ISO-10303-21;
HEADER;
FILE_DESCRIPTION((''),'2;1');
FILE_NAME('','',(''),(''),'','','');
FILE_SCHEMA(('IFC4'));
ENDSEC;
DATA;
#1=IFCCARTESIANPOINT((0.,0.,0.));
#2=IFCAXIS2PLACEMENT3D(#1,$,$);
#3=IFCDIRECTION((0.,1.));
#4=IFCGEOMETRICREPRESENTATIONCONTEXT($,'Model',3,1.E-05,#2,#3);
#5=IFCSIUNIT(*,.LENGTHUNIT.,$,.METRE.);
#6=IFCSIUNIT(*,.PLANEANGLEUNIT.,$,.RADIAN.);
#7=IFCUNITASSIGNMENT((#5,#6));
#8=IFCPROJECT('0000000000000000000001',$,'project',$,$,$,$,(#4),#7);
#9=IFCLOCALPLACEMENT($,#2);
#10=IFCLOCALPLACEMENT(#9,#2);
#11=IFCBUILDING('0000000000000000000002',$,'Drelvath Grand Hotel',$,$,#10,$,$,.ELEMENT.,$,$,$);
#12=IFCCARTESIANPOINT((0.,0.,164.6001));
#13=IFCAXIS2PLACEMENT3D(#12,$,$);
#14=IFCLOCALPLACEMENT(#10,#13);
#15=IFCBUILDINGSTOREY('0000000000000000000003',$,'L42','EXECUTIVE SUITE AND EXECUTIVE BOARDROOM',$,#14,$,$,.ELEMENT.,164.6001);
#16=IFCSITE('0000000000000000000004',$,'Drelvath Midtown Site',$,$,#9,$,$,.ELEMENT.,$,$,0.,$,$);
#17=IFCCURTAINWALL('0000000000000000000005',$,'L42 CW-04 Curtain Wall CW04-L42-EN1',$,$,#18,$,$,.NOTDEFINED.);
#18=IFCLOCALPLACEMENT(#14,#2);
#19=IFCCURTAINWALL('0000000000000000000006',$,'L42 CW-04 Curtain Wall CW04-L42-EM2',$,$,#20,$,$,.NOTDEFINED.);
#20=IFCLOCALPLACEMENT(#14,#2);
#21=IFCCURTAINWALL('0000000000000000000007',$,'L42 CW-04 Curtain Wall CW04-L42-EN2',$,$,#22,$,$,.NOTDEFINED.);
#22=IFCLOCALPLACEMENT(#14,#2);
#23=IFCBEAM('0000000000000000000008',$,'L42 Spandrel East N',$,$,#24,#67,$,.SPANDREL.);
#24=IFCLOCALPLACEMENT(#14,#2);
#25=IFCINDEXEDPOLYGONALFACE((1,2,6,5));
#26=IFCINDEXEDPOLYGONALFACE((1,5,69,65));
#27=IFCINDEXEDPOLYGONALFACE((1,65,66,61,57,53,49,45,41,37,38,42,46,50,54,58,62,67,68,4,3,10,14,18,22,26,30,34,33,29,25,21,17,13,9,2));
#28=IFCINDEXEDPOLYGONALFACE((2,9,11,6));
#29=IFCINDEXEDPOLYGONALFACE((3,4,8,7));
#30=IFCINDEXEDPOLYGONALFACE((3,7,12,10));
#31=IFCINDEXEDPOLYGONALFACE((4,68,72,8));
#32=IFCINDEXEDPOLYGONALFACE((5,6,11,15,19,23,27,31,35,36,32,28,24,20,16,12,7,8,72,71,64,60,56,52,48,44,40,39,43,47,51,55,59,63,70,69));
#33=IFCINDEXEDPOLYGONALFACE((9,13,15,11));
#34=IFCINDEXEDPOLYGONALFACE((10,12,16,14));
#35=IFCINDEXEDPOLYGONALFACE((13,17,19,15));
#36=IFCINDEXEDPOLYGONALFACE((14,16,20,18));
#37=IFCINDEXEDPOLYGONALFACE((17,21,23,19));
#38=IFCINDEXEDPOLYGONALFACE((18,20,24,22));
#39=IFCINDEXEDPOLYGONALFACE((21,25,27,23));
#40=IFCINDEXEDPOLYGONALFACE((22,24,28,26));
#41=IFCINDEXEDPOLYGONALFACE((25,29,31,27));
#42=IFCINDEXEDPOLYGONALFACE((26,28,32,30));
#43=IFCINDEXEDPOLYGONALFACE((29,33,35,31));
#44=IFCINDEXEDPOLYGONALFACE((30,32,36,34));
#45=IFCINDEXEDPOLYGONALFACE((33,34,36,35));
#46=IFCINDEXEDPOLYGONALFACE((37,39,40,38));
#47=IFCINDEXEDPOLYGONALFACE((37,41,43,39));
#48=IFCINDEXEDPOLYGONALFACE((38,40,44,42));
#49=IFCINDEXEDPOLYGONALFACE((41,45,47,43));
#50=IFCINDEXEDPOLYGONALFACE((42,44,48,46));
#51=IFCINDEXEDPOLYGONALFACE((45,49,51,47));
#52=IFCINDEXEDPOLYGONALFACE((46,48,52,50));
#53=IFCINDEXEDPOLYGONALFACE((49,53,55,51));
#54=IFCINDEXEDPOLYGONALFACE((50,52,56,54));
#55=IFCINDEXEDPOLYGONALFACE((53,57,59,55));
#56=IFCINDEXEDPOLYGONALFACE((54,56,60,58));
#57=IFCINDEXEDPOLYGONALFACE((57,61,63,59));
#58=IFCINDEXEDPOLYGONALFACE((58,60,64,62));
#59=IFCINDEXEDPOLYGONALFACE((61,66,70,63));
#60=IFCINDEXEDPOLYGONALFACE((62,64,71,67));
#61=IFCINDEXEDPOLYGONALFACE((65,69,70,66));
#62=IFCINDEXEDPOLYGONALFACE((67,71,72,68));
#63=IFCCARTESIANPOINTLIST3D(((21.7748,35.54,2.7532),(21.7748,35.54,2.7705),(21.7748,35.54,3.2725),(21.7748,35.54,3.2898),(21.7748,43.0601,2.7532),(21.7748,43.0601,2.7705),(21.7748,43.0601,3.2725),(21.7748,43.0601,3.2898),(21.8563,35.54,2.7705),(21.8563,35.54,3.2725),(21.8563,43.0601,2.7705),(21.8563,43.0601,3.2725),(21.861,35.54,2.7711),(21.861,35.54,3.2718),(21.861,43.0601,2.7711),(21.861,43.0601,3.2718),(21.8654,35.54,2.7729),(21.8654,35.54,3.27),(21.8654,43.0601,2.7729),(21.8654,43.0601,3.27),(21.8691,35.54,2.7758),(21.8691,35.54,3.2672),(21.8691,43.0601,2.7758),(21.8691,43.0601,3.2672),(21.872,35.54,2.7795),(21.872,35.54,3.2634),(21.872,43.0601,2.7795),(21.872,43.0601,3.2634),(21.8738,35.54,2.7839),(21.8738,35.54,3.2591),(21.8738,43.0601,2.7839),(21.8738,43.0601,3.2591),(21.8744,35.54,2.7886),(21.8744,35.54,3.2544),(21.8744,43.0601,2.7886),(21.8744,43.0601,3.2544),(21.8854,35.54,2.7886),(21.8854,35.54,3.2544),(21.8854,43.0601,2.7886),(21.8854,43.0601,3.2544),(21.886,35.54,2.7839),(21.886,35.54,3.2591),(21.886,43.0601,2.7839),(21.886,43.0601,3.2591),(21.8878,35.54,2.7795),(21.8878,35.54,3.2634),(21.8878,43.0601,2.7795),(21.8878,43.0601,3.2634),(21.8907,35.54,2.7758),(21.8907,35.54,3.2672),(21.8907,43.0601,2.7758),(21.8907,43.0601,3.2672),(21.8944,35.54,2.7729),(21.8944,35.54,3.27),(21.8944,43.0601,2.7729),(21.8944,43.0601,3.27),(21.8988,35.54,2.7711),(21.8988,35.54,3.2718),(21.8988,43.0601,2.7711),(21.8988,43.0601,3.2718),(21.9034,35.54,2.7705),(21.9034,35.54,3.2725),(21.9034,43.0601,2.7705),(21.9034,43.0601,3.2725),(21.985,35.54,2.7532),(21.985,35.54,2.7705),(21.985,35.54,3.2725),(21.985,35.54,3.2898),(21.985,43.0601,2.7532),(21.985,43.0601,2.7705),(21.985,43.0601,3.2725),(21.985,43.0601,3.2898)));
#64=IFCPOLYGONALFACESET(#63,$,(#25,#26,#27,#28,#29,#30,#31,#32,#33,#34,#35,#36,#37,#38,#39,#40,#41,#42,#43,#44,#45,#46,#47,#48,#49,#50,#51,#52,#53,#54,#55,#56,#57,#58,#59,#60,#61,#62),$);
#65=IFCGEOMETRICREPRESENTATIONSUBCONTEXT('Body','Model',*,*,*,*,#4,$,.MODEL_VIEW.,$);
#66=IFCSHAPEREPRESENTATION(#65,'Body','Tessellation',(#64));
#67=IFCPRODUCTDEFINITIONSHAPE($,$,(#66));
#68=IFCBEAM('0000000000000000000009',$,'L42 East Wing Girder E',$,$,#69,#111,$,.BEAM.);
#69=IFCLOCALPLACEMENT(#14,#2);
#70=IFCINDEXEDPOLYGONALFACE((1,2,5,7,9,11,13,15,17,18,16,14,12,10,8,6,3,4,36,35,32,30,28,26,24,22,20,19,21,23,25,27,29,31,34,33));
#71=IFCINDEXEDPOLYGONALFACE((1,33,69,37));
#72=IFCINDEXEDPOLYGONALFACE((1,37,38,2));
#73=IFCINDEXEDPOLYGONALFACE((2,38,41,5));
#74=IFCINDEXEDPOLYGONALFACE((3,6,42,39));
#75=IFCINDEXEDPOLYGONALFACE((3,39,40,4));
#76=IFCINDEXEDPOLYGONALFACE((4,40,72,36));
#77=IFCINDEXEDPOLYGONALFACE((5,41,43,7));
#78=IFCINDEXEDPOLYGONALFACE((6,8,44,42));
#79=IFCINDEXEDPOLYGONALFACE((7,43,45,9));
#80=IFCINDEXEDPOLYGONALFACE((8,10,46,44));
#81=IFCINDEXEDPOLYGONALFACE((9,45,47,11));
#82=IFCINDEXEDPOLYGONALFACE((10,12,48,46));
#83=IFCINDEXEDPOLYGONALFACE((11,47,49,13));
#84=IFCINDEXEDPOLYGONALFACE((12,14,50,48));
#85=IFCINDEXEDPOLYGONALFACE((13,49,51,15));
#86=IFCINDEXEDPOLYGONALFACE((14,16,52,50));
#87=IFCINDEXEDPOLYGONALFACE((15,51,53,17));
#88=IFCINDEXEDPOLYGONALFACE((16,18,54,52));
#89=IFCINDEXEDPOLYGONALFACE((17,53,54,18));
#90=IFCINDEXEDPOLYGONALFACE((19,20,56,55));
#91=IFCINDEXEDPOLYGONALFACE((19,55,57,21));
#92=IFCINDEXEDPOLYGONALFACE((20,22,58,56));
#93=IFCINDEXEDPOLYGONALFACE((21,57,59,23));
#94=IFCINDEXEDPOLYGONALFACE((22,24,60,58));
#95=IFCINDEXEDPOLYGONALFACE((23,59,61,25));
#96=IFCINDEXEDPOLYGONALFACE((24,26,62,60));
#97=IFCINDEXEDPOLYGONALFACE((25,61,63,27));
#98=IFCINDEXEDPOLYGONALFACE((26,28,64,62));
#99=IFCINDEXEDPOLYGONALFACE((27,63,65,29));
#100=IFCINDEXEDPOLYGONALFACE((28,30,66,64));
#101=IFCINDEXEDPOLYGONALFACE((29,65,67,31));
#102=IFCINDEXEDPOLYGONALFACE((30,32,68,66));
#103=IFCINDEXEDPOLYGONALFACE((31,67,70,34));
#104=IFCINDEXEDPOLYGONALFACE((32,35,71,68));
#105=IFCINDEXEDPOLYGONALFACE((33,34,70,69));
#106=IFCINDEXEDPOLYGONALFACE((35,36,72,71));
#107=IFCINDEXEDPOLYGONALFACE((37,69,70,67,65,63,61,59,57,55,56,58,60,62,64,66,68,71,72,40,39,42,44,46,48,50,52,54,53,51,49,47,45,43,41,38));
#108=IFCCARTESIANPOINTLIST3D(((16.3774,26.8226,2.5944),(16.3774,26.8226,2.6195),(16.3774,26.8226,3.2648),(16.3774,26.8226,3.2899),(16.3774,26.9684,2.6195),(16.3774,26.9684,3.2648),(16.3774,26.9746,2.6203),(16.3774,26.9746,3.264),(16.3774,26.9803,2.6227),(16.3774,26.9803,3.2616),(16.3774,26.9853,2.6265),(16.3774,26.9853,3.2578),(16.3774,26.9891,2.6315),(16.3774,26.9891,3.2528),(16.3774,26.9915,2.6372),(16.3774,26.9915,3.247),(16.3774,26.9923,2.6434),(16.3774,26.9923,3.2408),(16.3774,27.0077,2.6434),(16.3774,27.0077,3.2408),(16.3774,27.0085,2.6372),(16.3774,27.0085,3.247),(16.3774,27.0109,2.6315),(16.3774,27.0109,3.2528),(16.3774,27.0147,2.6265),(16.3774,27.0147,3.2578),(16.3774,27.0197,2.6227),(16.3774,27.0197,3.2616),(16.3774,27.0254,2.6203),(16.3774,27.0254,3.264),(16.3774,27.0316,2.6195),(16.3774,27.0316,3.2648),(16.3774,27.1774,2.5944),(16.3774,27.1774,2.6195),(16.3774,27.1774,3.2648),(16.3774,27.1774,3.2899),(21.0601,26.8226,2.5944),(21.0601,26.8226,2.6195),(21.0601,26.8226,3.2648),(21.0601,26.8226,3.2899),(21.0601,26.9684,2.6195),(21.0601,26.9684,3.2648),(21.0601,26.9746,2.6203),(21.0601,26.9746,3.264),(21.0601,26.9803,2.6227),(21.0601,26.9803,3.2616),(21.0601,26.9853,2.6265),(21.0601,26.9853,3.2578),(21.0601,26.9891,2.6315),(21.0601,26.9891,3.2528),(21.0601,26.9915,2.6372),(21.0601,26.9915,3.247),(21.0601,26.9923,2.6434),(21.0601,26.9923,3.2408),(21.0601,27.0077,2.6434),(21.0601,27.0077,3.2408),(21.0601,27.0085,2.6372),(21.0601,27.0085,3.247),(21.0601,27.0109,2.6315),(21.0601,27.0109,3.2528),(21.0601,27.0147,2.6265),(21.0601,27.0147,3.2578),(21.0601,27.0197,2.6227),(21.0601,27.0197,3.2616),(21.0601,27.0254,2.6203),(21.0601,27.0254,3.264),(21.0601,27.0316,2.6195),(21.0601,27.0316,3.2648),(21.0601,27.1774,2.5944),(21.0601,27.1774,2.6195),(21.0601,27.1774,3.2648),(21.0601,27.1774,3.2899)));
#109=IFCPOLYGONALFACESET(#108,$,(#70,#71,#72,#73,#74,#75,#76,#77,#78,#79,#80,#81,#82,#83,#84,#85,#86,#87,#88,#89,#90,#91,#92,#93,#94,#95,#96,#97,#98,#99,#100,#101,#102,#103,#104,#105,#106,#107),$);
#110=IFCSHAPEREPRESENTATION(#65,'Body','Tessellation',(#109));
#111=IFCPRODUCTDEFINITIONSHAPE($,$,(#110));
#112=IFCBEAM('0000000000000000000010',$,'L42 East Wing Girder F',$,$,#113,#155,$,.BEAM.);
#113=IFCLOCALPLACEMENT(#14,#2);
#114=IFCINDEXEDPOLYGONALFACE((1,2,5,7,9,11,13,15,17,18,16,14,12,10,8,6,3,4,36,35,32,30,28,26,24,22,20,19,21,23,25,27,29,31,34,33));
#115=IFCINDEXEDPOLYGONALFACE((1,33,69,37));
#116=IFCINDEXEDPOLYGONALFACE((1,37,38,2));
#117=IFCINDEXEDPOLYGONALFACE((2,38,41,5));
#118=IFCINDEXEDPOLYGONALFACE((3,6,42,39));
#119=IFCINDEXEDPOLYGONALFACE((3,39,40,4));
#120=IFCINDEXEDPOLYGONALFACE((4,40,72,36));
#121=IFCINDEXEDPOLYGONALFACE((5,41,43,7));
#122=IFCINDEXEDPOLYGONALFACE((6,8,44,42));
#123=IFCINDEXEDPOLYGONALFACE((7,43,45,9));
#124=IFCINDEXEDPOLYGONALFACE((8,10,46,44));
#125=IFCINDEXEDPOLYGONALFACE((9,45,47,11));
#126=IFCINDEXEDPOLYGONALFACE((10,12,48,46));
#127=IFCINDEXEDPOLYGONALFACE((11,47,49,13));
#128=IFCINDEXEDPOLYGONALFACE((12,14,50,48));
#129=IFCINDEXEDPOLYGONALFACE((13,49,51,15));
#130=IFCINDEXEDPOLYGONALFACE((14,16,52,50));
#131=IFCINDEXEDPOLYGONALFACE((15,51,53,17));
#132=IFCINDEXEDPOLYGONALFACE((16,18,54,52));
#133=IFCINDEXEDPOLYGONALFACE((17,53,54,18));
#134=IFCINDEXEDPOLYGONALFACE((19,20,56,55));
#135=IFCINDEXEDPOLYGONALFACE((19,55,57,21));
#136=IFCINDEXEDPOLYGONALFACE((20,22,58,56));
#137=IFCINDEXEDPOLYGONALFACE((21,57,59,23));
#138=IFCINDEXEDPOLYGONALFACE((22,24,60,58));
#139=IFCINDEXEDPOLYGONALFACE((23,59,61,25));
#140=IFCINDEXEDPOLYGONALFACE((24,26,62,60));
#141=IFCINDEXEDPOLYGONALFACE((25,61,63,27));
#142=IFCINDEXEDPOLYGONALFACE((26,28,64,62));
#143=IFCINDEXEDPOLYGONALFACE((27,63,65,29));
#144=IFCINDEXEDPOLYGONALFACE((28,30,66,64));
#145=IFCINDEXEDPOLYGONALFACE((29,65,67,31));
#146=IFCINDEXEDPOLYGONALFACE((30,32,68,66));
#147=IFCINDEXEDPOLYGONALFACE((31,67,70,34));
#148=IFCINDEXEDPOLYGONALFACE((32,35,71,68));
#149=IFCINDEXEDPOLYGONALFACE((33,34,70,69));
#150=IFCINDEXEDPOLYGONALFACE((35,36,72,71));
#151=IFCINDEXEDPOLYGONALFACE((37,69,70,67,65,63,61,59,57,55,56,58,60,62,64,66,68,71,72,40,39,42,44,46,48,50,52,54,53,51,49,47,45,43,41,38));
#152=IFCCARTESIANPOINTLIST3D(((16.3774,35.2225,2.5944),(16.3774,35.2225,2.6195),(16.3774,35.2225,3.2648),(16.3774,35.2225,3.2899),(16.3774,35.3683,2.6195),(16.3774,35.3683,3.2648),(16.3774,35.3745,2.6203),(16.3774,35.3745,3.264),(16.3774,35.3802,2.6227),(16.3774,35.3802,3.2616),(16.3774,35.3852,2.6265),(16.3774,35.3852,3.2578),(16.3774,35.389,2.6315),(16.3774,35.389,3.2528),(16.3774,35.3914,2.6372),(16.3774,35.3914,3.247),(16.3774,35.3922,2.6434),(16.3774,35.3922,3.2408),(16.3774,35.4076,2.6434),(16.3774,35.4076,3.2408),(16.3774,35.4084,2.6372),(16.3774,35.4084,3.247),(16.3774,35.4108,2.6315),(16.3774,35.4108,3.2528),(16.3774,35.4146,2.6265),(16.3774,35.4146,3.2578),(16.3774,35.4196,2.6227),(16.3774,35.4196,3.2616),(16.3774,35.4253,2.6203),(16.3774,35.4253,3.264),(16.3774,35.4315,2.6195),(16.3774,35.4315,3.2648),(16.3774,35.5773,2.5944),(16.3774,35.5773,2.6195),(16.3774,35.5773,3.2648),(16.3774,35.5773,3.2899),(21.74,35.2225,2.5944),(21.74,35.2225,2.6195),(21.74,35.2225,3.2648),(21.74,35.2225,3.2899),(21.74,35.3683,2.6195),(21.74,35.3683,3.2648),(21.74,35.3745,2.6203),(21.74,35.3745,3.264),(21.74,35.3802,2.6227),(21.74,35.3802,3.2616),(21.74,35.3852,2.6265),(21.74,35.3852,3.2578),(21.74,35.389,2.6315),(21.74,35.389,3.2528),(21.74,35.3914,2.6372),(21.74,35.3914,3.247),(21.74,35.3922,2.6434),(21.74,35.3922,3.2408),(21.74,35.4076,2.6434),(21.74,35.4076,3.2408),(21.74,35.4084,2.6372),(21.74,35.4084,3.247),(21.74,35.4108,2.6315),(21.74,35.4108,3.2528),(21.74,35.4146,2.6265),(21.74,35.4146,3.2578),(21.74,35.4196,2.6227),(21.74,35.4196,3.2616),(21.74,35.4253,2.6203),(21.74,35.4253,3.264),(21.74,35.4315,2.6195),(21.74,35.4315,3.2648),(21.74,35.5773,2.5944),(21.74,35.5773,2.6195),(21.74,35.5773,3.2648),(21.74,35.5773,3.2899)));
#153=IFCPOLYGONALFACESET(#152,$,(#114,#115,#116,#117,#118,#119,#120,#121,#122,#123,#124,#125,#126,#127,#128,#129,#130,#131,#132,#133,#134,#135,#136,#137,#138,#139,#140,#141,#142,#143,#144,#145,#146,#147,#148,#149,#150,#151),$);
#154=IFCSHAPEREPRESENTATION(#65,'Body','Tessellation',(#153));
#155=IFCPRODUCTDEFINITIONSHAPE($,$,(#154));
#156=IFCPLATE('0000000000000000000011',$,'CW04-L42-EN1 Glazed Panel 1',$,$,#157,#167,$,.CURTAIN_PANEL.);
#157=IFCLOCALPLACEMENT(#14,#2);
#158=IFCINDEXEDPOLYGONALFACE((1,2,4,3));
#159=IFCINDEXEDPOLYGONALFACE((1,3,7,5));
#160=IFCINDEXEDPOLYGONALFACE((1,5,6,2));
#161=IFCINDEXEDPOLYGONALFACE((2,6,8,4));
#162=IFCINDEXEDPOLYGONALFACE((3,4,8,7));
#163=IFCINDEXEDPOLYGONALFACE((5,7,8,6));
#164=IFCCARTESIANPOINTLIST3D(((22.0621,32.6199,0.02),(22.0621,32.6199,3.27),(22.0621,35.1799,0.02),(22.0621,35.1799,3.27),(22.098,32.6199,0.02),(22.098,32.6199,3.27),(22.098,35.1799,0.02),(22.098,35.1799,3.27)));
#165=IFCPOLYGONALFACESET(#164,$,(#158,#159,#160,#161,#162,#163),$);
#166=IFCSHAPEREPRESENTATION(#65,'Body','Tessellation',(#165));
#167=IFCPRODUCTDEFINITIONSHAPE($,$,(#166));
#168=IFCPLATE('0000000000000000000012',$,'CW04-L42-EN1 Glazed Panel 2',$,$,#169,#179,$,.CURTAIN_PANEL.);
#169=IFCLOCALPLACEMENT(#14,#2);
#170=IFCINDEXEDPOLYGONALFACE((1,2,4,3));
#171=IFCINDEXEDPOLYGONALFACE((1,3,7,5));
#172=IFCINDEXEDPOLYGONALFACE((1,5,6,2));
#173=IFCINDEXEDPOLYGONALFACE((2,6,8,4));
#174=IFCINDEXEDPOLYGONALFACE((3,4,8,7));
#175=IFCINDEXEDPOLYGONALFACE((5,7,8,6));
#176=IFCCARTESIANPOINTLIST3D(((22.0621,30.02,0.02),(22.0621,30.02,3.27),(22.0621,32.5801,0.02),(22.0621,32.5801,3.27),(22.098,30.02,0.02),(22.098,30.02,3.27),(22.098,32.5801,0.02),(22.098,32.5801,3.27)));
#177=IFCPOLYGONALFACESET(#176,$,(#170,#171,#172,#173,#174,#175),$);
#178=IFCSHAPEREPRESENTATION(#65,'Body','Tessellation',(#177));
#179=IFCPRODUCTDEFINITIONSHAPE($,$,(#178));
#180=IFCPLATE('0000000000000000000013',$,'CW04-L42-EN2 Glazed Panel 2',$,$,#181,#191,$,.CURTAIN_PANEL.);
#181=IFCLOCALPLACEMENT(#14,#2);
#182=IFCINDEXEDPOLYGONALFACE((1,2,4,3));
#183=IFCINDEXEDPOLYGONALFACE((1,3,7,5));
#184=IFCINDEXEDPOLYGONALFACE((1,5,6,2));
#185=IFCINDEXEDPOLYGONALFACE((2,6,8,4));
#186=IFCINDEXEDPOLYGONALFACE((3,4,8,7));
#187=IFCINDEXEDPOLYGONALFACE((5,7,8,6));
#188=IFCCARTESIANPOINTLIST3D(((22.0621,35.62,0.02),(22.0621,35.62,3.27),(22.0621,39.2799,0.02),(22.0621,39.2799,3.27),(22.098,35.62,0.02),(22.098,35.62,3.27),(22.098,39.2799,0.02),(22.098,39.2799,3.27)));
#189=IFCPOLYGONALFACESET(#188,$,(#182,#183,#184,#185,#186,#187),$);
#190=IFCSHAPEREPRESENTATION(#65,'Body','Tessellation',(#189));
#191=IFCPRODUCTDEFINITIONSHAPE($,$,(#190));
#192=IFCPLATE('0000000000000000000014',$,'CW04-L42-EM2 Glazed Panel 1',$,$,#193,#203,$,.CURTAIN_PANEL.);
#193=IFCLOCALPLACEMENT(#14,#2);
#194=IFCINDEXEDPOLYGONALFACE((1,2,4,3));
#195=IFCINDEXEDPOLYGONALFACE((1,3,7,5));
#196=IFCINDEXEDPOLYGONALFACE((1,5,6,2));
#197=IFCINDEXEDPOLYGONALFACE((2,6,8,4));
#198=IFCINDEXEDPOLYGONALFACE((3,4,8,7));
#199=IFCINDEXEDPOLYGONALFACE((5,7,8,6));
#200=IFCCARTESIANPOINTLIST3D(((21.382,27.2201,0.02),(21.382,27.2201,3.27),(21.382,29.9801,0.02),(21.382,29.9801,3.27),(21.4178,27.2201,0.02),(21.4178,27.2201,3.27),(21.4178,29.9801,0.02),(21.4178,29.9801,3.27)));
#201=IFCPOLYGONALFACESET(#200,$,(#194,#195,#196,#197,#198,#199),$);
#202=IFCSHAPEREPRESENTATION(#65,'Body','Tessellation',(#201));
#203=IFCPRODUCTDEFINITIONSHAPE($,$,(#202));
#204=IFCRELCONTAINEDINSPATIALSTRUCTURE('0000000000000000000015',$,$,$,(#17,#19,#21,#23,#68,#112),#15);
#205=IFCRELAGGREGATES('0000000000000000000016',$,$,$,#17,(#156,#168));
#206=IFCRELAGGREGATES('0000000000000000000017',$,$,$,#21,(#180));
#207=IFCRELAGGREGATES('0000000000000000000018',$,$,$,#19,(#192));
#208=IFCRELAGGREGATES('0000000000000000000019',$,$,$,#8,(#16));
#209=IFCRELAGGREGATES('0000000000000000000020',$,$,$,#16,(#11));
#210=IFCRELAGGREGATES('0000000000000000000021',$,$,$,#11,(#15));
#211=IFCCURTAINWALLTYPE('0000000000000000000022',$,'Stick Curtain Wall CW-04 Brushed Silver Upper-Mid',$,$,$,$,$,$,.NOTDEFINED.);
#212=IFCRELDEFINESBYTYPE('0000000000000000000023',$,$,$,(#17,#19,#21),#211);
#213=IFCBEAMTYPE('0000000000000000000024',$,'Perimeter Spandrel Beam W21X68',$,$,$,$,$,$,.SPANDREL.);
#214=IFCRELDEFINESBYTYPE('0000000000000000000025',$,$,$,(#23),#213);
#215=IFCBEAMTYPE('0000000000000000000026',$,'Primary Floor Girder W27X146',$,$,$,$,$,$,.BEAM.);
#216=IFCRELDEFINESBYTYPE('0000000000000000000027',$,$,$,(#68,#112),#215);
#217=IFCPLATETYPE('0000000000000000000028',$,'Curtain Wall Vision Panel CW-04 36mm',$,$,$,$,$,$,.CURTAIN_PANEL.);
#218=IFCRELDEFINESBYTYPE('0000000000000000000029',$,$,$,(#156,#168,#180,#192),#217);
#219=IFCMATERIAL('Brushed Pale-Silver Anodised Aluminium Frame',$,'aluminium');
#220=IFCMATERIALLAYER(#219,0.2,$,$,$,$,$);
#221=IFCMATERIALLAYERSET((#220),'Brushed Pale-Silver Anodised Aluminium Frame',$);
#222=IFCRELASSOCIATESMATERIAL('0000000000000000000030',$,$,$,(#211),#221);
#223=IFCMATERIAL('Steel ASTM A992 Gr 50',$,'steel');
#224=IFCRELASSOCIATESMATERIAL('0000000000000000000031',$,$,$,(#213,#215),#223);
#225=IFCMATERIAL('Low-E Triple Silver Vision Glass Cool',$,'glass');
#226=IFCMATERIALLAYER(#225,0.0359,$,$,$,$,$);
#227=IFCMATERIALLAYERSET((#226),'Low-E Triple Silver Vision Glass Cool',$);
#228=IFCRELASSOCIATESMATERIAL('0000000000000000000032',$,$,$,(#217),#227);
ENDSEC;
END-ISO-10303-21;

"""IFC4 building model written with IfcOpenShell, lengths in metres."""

from ifc_helpers import new_model, si_unit, direction, frame, origin, origin_2d, place, context, subcontext, project, spatial, rectangle, i_section, extrude, material, layer, layer_set, material_profile, profile_set, type_object, element, aggregate, save


model = new_model("IFC4")

# Units and contexts
model_context = context("Model", 3, precision=1e-05, world=origin(), true_north=direction((0.0, 1.0)))
body_context = subcontext(model_context, "Body", "Model", "MODEL_VIEW")
ifc_project = project(units=[si_unit("LENGTHUNIT", "METRE"), si_unit("PLANEANGLEUNIT", "RADIAN")], contexts=[model_context])

# Site, building, storey
site_placement = place(None, origin())
site = spatial("IfcSite", under=ifc_project, at=site_placement, Name="Drelvath Midtown Site", CompositionType="ELEMENT", RefElevation=0.0)
building_placement = place(site_placement, origin())
building = spatial("IfcBuilding", under=site, at=building_placement, Name="Drelvath Grand Hotel", CompositionType="ELEMENT")
storey_placement = place(building_placement, frame((0.0, 0.0, 164.6001)))
storey = spatial("IfcBuildingStorey", under=building, at=storey_placement, Name="L42", Description="EXECUTIVE SUITE AND EXECUTIVE BOARDROOM", CompositionType="ELEMENT", Elevation=164.6001)

# Curtain walls
ifc_material_1 = material(Name="Brushed Pale-Silver Anodised Aluminium Frame", Category="aluminium")
ifc_layer_1 = layer(ifc_material_1, 0.2)
ifc_layer_set_1 = layer_set([ifc_layer_1], Name="Brushed Pale-Silver Anodised Aluminium Frame")
curtain_wall_type = type_object("IfcCurtainWallType", Name="Stick Curtain Wall CW-04 Brushed Silver Upper-Mid", PredefinedType="NOTDEFINED", material=ifc_layer_set_1)
curtain_wall_1_placement = place(storey_placement, origin())
curtain_wall_1 = element("IfcCurtainWall", 1, at=curtain_wall_1_placement, inside=storey, type_object=curtain_wall_type, Name="L42 CW-04 Curtain Wall CW04-L42-EN1", PredefinedType="NOTDEFINED")
curtain_wall_2_placement = place(storey_placement, origin())
curtain_wall_2 = element("IfcCurtainWall", 2, at=curtain_wall_2_placement, inside=storey, type_object=curtain_wall_type, Name="L42 CW-04 Curtain Wall CW04-L42-EM2", PredefinedType="NOTDEFINED")

# Curtain wall
curtain_wall_3_placement = place(storey_placement, origin())
curtain_wall_3 = element("IfcCurtainWall", 3, at=curtain_wall_3_placement, inside=storey, type_object=curtain_wall_type, Name="L42 CW-04 Curtain Wall CW04-L42-EN2", PredefinedType="NOTDEFINED")

# Beams
ifc_material_2 = material(Name="Steel ASTM A992 Gr 50", Category="steel")
ifc_material_profile_1 = material_profile(ifc_material_2, i_section(OverallWidth=0.2102, OverallDepth=0.5366, WebThickness=0.011, FlangeThickness=0.0173, FilletRadius=0.0181, at=origin_2d()), Name="W21X68")
ifc_profile_set_1 = profile_set([ifc_material_profile_1], Name="Steel ASTM A992 Gr 50")
beam_type_1 = type_object("IfcBeamType", Name="Perimeter Spandrel Beam W21X68", PredefinedType="SPANDREL", material=ifc_profile_set_1)
beam_1_placement = place(storey_placement, frame((21.8799, 35.54, 3.0215), z_axis=(0.0, 1.0, 0.0), x_axis=(-1.0, 0.0, 0.0)))
element("IfcBeam", 4, at=beam_1_placement, inside=storey, type_object=beam_type_1, Name="L42 Spandrel East N", PredefinedType="SPANDREL", context=body_context, shape_type="SweptSolid", body=[
    extrude(i_section(OverallWidth=0.2102, OverallDepth=0.5366, WebThickness=0.011, FlangeThickness=0.0173, FilletRadius=0.0181, at=origin_2d()), origin(), (0.0, 0.0, 1.0), 7.52),
])
ifc_material_profile_2 = material_profile(ifc_material_2, i_section(OverallWidth=0.3547, OverallDepth=0.6956, WebThickness=0.0154, FlangeThickness=0.0251, FilletRadius=0.0239, at=origin_2d()), Name="W27X146")
ifc_profile_set_2 = profile_set([ifc_material_profile_2], Name="Steel ASTM A992 Gr 50")
beam_type_2 = type_object("IfcBeamType", Name="Primary Floor Girder W27X146", PredefinedType="BEAM", material=ifc_profile_set_2)
beam_2_placement = place(storey_placement, frame((16.3774, 27.0, 2.9421), z_axis=(1.0, 0.0, 0.0), x_axis=(0.0, 1.0, 0.0)))
element("IfcBeam", 5, at=beam_2_placement, inside=storey, type_object=beam_type_2, Name="L42 East Wing Girder E", PredefinedType="BEAM", context=body_context, shape_type="SweptSolid", body=[
    extrude(i_section(OverallWidth=0.3547, OverallDepth=0.6956, WebThickness=0.0154, FlangeThickness=0.0251, FilletRadius=0.0239, at=origin_2d()), origin(), (0.0, 0.0, 1.0), 4.6826),
])
beam_3_placement = place(storey_placement, frame((16.3774, 35.3999, 2.9421), z_axis=(1.0, 0.0, 0.0), x_axis=(0.0, 1.0, 0.0)))
element("IfcBeam", 6, at=beam_3_placement, inside=storey, type_object=beam_type_2, Name="L42 East Wing Girder F", PredefinedType="BEAM", context=body_context, shape_type="SweptSolid", body=[
    extrude(i_section(OverallWidth=0.3547, OverallDepth=0.6956, WebThickness=0.0154, FlangeThickness=0.0251, FilletRadius=0.0239, at=origin_2d()), origin(), (0.0, 0.0, 1.0), 5.3625),
])

# Plates
ifc_material_3 = material(Name="Low-E Triple Silver Vision Glass Cool", Category="glass")
ifc_layer_2 = layer(ifc_material_3, 0.0359)
ifc_layer_set_2 = layer_set([ifc_layer_2], Name="Low-E Triple Silver Vision Glass Cool")
plate_type = type_object("IfcPlateType", Name="Curtain Wall Vision Panel CW-04 36mm", PredefinedType="CURTAIN_PANEL", material=ifc_layer_set_2)
plate_1_placement = place(storey_placement, frame((22.0801, 33.8999, 0.02), z_axis=(0.0, 0.0, 1.0), x_axis=(0.0, -1.0, 0.0)))
plate_1 = element("IfcPlate", 7, at=plate_1_placement, type_object=plate_type, Name="CW04-L42-EN1 Glazed Panel 1", PredefinedType="CURTAIN_PANEL", context=body_context, shape_type="SweptSolid", body=[
    extrude(rectangle(XDim=2.5601, YDim=0.0359, at=origin_2d()), origin(), (0.0, 0.0, 1.0), 3.25),
])
plate_2_placement = place(storey_placement, frame((22.0801, 31.3, 0.02), z_axis=(0.0, 0.0, 1.0), x_axis=(0.0, -1.0, 0.0)))
plate_2 = element("IfcPlate", 8, at=plate_2_placement, type_object=plate_type, Name="CW04-L42-EN1 Glazed Panel 2", PredefinedType="CURTAIN_PANEL", context=body_context, shape_type="SweptSolid", body=[
    extrude(rectangle(XDim=2.5601, YDim=0.0359, at=origin_2d()), origin(), (0.0, 0.0, 1.0), 3.25),
])
aggregate(curtain_wall_1, [plate_1, plate_2])
plate_3_placement = place(storey_placement, frame((22.0801, 37.45, 0.02), z_axis=(0.0, 0.0, 1.0), x_axis=(0.0, -1.0, 0.0)))
plate_3 = element("IfcPlate", 9, at=plate_3_placement, type_object=plate_type, Name="CW04-L42-EN2 Glazed Panel 2", PredefinedType="CURTAIN_PANEL", context=body_context, shape_type="SweptSolid", body=[
    extrude(rectangle(XDim=3.6599, YDim=0.0359, at=origin_2d()), origin(), (0.0, 0.0, 1.0), 3.25),
])
aggregate(curtain_wall_3, [plate_3])
plate_4_placement = place(storey_placement, frame((21.3999, 28.6001, 0.02), z_axis=(0.0, 0.0, 1.0), x_axis=(0.0, -1.0, 0.0)))
plate_4 = element("IfcPlate", 10, at=plate_4_placement, type_object=plate_type, Name="CW04-L42-EM2 Glazed Panel 1", PredefinedType="CURTAIN_PANEL", context=body_context, shape_type="SweptSolid", body=[
    extrude(rectangle(XDim=2.76, YDim=0.0359, at=origin_2d()), origin(), (0.0, 0.0, 1.0), 3.25),
])
aggregate(curtain_wall_2, [plate_4])

save(model, "model.ifc")
